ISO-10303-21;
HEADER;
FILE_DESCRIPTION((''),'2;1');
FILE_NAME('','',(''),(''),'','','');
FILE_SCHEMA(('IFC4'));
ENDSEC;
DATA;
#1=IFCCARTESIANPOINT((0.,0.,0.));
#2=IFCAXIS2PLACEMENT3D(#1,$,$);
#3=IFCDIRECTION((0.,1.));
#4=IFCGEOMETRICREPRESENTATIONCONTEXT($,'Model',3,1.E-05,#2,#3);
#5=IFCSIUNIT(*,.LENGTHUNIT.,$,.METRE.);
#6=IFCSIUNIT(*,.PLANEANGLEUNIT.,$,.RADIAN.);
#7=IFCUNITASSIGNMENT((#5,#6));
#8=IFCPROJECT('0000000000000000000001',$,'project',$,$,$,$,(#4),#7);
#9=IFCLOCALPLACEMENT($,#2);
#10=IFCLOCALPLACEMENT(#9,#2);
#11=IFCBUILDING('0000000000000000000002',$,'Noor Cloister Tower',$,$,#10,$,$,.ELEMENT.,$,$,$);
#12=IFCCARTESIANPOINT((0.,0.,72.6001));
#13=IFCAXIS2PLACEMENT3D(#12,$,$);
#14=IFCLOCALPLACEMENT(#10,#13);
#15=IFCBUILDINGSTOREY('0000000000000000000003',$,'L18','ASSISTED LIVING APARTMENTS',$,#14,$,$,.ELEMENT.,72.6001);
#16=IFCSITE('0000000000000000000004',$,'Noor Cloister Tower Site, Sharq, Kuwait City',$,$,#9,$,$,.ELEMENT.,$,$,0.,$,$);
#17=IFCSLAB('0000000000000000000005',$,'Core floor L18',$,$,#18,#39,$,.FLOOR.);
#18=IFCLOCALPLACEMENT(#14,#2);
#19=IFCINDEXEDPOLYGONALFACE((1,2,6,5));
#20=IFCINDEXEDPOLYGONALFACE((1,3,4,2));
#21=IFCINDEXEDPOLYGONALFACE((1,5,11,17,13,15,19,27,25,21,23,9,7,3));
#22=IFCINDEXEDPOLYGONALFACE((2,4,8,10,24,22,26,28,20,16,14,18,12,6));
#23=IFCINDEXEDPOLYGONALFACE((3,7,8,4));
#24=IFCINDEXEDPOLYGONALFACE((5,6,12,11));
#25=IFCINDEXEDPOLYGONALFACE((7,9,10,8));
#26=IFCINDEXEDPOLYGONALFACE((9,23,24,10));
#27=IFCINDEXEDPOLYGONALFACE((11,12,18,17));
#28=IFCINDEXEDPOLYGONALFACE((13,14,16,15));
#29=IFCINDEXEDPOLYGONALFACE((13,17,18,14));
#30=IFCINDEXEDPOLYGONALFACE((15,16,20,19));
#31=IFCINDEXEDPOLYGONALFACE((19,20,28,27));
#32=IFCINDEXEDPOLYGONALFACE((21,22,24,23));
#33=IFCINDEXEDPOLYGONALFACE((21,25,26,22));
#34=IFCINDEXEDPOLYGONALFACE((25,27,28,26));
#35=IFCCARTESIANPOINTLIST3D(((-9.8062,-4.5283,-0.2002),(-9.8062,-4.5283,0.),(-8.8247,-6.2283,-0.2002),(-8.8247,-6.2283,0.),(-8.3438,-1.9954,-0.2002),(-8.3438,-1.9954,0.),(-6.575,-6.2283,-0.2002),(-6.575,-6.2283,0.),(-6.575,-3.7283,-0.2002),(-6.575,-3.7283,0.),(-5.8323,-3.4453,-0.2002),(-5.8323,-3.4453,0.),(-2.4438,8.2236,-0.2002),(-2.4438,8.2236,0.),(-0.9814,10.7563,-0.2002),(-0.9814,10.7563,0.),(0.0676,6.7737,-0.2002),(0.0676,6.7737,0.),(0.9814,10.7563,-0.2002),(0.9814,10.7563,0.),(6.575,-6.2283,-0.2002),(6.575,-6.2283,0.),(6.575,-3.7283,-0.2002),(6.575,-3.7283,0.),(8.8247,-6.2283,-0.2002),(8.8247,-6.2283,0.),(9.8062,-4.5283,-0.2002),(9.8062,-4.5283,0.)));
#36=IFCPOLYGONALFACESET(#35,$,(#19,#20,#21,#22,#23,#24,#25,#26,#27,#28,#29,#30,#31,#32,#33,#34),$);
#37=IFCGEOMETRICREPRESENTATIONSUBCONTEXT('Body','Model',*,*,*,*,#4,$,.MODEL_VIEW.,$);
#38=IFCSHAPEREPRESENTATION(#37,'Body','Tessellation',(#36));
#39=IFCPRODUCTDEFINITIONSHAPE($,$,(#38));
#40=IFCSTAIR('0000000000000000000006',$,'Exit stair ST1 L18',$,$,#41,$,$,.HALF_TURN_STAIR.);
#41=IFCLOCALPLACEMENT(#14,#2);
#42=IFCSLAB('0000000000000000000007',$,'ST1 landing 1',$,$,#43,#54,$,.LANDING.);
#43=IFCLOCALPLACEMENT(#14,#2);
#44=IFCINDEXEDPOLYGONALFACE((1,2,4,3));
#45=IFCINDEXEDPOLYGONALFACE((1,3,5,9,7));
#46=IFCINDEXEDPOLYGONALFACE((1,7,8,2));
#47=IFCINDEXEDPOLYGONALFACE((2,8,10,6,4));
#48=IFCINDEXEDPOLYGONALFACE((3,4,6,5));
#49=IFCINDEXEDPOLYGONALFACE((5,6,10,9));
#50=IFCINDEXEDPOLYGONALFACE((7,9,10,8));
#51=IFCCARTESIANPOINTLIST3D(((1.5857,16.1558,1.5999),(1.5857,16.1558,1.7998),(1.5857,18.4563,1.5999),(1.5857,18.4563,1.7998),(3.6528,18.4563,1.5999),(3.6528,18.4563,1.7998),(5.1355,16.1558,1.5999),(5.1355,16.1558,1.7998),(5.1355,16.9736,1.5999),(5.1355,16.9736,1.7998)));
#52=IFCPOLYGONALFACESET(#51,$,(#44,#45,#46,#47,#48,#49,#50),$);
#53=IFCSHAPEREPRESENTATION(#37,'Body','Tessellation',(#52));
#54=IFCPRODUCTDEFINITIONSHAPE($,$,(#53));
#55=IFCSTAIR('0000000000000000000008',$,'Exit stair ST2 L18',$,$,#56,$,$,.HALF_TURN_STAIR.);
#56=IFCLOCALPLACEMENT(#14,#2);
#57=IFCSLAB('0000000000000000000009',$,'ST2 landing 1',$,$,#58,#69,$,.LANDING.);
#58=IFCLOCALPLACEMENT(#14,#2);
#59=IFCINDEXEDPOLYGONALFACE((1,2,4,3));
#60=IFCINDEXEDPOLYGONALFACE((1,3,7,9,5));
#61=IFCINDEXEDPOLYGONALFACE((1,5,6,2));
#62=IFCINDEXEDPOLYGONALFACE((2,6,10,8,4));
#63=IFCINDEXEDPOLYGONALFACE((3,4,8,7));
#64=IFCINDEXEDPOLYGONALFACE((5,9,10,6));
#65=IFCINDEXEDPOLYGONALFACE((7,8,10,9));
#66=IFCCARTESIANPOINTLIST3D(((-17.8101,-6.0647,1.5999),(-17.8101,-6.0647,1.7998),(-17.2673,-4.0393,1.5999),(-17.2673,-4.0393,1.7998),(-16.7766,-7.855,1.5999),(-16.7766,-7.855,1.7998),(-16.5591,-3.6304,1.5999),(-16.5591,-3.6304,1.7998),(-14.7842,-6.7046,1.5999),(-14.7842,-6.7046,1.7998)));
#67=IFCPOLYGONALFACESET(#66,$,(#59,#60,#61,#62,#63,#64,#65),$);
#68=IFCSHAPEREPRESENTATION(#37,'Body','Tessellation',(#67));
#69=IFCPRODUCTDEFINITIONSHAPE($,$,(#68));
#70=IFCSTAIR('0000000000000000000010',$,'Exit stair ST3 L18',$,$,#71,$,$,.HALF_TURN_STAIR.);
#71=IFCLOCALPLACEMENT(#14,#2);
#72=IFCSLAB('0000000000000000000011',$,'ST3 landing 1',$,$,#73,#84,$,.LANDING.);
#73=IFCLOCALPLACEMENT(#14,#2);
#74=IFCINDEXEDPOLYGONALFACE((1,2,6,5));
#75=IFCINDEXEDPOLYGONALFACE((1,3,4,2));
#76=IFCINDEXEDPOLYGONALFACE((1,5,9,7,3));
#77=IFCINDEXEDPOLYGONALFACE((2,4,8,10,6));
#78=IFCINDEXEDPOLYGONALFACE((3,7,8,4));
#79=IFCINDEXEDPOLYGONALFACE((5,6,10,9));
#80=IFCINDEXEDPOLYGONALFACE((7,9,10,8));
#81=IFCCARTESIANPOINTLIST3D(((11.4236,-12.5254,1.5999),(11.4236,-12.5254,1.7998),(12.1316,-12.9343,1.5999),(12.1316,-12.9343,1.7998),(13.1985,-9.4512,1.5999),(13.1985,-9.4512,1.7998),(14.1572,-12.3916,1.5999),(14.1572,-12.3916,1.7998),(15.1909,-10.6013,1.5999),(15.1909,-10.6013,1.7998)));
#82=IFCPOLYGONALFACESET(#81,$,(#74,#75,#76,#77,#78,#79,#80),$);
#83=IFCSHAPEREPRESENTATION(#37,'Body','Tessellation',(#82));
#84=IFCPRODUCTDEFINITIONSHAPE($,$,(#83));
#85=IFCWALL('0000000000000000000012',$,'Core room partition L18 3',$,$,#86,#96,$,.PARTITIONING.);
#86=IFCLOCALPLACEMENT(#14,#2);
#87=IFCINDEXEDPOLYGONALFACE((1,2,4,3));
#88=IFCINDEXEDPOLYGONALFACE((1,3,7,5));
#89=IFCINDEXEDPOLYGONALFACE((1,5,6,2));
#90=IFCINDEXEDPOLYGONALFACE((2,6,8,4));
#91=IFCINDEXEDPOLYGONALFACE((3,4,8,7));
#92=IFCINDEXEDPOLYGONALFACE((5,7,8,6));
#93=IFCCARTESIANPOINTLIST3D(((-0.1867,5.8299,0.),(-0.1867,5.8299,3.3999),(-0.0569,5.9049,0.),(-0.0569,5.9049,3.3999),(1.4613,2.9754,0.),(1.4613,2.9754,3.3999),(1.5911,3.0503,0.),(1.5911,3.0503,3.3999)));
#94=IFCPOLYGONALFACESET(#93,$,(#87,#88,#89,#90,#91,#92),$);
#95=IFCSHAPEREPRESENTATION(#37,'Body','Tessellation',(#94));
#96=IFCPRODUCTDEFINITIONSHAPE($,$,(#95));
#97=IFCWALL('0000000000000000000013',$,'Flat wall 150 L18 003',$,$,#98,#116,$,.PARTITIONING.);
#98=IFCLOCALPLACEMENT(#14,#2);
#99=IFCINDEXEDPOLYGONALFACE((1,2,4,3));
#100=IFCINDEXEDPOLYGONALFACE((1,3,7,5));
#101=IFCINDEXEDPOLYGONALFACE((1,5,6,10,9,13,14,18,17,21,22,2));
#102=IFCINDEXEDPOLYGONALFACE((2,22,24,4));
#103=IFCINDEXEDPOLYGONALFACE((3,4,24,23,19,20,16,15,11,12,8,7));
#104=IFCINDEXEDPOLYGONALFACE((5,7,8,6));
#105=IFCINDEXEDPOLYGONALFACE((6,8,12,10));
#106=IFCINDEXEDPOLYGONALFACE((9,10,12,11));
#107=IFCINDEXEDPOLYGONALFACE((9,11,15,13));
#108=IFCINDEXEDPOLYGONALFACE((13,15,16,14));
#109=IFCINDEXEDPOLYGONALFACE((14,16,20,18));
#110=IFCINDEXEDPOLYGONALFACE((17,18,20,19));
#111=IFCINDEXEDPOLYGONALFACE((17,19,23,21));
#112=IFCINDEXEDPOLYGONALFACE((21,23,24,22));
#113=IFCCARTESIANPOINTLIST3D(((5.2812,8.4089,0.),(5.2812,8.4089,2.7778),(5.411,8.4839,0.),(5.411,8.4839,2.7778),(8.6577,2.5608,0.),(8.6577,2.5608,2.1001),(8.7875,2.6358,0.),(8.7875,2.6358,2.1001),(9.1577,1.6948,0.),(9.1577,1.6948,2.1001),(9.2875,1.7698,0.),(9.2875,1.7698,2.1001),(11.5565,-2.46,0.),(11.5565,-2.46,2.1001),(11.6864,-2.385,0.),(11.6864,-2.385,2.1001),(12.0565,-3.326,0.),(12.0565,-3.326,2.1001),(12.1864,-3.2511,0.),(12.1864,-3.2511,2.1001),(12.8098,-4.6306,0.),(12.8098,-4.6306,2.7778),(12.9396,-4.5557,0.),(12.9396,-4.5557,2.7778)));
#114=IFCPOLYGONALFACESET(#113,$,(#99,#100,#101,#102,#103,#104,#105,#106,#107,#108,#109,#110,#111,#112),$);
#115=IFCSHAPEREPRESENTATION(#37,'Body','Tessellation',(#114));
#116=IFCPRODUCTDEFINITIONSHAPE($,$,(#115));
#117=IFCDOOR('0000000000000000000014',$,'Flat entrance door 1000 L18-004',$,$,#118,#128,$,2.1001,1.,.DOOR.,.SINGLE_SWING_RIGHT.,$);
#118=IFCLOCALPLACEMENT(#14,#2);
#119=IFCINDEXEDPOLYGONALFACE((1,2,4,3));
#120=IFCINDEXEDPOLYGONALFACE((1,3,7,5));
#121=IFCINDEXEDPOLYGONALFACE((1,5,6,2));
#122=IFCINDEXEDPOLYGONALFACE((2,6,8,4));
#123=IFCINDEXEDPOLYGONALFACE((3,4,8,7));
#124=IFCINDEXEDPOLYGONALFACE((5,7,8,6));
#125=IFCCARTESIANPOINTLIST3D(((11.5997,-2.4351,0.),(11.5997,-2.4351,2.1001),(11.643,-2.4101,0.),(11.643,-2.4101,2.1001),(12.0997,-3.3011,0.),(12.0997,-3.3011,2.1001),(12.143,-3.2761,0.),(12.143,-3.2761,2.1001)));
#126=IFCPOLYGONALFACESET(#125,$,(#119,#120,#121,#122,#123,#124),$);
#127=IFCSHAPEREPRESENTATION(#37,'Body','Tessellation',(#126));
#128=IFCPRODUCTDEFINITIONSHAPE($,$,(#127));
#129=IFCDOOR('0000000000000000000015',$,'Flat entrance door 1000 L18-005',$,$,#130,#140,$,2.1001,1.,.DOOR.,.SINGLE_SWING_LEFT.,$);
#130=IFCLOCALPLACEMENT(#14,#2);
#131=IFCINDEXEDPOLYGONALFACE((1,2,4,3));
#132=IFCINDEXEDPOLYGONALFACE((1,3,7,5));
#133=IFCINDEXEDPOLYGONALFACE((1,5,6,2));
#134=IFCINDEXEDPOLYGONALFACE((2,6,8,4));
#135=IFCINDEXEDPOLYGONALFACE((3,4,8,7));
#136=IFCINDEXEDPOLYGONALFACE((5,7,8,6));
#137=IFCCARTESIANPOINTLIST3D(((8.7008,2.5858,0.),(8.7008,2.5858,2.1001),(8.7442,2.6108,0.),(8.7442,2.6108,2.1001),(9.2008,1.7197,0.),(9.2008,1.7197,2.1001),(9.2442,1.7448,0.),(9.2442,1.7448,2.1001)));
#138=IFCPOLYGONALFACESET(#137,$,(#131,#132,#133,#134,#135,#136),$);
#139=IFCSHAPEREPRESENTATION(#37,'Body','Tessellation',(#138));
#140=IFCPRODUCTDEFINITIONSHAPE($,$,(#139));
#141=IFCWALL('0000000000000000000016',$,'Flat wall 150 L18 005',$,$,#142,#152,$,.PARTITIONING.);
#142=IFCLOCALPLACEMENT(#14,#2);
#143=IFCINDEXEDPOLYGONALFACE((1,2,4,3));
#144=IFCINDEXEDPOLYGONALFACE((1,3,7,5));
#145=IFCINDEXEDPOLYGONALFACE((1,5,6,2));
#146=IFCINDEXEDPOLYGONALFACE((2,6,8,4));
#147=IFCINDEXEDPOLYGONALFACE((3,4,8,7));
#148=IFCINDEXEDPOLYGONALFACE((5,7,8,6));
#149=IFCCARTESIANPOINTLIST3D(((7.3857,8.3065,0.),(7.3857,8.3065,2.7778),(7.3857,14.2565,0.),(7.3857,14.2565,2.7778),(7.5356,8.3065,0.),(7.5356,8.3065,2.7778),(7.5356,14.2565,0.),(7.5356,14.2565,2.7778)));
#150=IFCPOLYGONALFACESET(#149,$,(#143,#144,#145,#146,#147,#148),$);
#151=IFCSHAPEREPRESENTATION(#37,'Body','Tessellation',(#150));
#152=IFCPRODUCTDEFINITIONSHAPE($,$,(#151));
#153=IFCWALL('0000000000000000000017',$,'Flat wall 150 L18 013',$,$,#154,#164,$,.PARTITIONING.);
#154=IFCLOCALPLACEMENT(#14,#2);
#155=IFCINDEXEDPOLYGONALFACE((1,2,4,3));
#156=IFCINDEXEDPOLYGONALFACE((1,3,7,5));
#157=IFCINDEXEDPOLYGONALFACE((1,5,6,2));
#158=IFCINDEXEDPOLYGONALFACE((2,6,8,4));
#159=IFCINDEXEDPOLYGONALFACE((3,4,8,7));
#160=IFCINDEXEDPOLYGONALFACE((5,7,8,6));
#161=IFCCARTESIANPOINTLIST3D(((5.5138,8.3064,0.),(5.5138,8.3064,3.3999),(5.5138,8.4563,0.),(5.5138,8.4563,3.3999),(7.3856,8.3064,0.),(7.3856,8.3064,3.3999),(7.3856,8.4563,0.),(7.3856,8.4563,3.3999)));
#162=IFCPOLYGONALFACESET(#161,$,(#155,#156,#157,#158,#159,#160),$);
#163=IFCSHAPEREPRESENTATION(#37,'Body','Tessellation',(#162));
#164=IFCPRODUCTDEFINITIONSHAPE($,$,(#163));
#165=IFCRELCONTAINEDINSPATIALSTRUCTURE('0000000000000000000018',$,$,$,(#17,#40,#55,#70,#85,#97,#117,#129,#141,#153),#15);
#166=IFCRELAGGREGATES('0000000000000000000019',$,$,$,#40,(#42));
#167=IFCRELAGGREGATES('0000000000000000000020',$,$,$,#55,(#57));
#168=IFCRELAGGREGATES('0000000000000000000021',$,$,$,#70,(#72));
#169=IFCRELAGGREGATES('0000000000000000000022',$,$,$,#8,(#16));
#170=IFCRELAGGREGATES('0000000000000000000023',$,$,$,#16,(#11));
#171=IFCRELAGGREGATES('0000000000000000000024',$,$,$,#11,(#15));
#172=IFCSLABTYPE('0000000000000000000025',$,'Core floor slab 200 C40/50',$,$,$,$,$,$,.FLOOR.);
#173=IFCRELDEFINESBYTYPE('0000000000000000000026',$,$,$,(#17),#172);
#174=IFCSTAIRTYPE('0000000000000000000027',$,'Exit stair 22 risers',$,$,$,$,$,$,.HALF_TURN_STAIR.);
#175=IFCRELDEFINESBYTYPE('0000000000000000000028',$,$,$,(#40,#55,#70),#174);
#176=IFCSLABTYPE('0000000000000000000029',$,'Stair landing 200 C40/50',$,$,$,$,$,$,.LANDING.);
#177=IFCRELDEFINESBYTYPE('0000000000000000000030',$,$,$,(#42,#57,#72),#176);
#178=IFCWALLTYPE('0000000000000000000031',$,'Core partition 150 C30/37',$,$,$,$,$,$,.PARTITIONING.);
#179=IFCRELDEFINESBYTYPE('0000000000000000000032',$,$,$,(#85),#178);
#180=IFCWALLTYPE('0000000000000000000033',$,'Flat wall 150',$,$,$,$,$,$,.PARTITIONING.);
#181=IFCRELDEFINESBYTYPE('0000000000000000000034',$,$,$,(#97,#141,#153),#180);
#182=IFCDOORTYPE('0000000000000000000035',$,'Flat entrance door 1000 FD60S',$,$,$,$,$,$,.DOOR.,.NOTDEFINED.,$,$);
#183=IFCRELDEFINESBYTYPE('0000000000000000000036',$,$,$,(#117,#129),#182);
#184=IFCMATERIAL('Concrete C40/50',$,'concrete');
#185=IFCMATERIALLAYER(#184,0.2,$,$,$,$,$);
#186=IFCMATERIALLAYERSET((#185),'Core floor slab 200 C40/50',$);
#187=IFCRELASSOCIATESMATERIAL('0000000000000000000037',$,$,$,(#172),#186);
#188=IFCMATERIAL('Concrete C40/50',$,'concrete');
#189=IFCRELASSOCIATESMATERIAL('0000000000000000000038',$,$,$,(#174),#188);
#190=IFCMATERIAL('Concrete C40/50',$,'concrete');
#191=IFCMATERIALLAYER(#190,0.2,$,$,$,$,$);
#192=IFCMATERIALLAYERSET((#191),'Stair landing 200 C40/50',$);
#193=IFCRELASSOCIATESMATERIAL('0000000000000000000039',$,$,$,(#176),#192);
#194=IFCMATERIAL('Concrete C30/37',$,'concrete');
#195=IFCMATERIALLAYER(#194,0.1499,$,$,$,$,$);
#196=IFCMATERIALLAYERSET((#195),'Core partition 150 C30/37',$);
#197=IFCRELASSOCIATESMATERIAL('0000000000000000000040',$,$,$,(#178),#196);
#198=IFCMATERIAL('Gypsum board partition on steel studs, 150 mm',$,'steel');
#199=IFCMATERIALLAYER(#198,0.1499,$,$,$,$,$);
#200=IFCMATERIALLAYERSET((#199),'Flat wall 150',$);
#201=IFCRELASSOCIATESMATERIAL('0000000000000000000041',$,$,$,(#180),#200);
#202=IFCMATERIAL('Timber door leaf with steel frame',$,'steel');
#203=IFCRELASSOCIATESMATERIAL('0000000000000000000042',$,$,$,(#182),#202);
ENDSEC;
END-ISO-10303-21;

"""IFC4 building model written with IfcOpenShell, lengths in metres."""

from ifc_helpers import new_model, si_unit, direction, frame, frame_2d, origin, place, context, subcontext, project, spatial, polyline, rectangle, outline, extrude, material, layer, layer_set, type_object, element, fill, aggregate, save


model = new_model("IFC4")

# Units and contexts
model_context = context("Model", 3, precision=1e-05, world=origin(), true_north=direction((0.0, 1.0)))
body_context = subcontext(model_context, "Body", "Model", "MODEL_VIEW")
ifc_project = project(units=[si_unit("LENGTHUNIT", "METRE"), si_unit("PLANEANGLEUNIT", "RADIAN")], contexts=[model_context])

# Site, building, storey
site_placement = place(None, origin())
site = spatial("IfcSite", under=ifc_project, at=site_placement, Name="Noor Cloister Tower Site, Sharq, Kuwait City", CompositionType="ELEMENT", RefElevation=0.0)
building_placement = place(site_placement, origin())
building = spatial("IfcBuilding", under=site, at=building_placement, Name="Noor Cloister Tower", CompositionType="ELEMENT")
storey_placement = place(building_placement, frame((0.0, 0.0, 72.6001)))
storey = spatial("IfcBuildingStorey", under=building, at=storey_placement, Name="L18", Description="ASSISTED LIVING APARTMENTS", CompositionType="ELEMENT", Elevation=72.6001)

# Slab
ifc_material_1 = material(Name="Concrete C40/50", Category="concrete")
ifc_layer_1 = layer(ifc_material_1, 0.2)
ifc_layer_set_1 = layer_set([ifc_layer_1], Name="Core floor slab 200 C40/50")
slab_type_1 = type_object("IfcSlabType", Name="Core floor slab 200 C40/50", PredefinedType="FLOOR", material=ifc_layer_set_1)
slab_1_placement = place(storey_placement, frame((0.0, 0.0, -0.2002)))
element("IfcSlab", 1, at=slab_1_placement, inside=storey, type_object=slab_type_1, Name="Core floor L18", PredefinedType="FLOOR", context=body_context, shape_type="SweptSolid", body=[
    extrude(outline(polyline([(-6.575, -6.2283), (-6.575, -3.7283), (6.575, -3.7283), (6.575, -6.2283), (8.8247, -6.2283), (9.8062, -4.5283), (0.9814, 10.7563), (-0.9814, 10.7563), (-2.4438, 8.2236), (0.0676, 6.7737), (-5.8323, -3.4453), (-8.3438, -1.9954), (-9.8062, -4.5283), (-8.8247, -6.2283), (-6.575, -6.2283)])), origin(), (0.0, 0.0, 1.0), 0.2002),
])

# Stairs, slabs
ifc_material_2 = material(Name="Concrete C40/50", Category="concrete")
stair_type = type_object("IfcStairType", Name="Exit stair 22 risers", PredefinedType="HALF_TURN_STAIR", material=ifc_material_2)
stair_1_placement = place(storey_placement, origin())
stair_1 = element("IfcStair", 2, at=stair_1_placement, inside=storey, type_object=stair_type, Name="Exit stair ST1 L18", PredefinedType="HALF_TURN_STAIR")
ifc_material_3 = material(Name="Concrete C40/50", Category="concrete")
ifc_layer_2 = layer(ifc_material_3, 0.2)
ifc_layer_set_2 = layer_set([ifc_layer_2], Name="Stair landing 200 C40/50")
slab_type_2 = type_object("IfcSlabType", Name="Stair landing 200 C40/50", PredefinedType="LANDING", material=ifc_layer_set_2)
slab_2_placement = place(storey_placement, frame((0.0, 0.0, 1.5999)))
slab_2 = element("IfcSlab", 3, at=slab_2_placement, type_object=slab_type_2, Name="ST1 landing 1", PredefinedType="LANDING", context=body_context, shape_type="SweptSolid", body=[
    extrude(outline(polyline([(5.1355, 16.1558), (5.1355, 16.9736), (3.6528, 18.4563), (1.5857, 18.4563), (1.5857, 16.1558), (5.1355, 16.1558)])), origin(), (0.0, 0.0, 1.0), 0.2),
])
aggregate(stair_1, [slab_2])
stair_2_placement = place(storey_placement, origin())
stair_2 = element("IfcStair", 4, at=stair_2_placement, inside=storey, type_object=stair_type, Name="Exit stair ST2 L18", PredefinedType="HALF_TURN_STAIR")
slab_3_placement = place(storey_placement, frame((0.0, 0.0, 1.5999)))
slab_3 = element("IfcSlab", 5, at=slab_3_placement, type_object=slab_type_2, Name="ST2 landing 1", PredefinedType="LANDING", context=body_context, shape_type="SweptSolid", body=[
    extrude(outline(polyline([(-16.5591, -3.6304), (-17.2673, -4.0393), (-17.8101, -6.0647), (-16.7766, -7.855), (-14.7842, -6.7046), (-16.5591, -3.6304)])), origin(), (0.0, 0.0, 1.0), 0.2),
])
aggregate(stair_2, [slab_3])
stair_3_placement = place(storey_placement, origin())
stair_3 = element("IfcStair", 6, at=stair_3_placement, inside=storey, type_object=stair_type, Name="Exit stair ST3 L18", PredefinedType="HALF_TURN_STAIR")
slab_4_placement = place(storey_placement, frame((0.0, 0.0, 1.5999)))
slab_4 = element("IfcSlab", 7, at=slab_4_placement, type_object=slab_type_2, Name="ST3 landing 1", PredefinedType="LANDING", context=body_context, shape_type="SweptSolid", body=[
    extrude(outline(polyline([(11.4236, -12.5254), (12.1316, -12.9343), (14.1572, -12.3916), (15.1909, -10.6013), (13.1985, -9.4512), (11.4236, -12.5254)])), origin(), (0.0, 0.0, 1.0), 0.2),
])
aggregate(stair_3, [slab_4])

# Wall
ifc_material_4 = material(Name="Concrete C30/37", Category="concrete")
ifc_layer_3 = layer(ifc_material_4, 0.1499)
ifc_layer_set_3 = layer_set([ifc_layer_3], Name="Core partition 150 C30/37")
wall_type_1 = type_object("IfcWallType", Name="Core partition 150 C30/37", PredefinedType="PARTITIONING", material=ifc_layer_set_3)
wall_1_placement = place(storey_placement, frame((1.5261, 3.0129, 0.0), z_axis=(0.0, 0.0, 1.0), x_axis=(-0.499979, 0.866038, 0.0)))
element("IfcWall", 8, at=wall_1_placement, inside=storey, type_object=wall_type_1, Name="Core room partition L18 3", PredefinedType="PARTITIONING", context=body_context, shape_type="SweptSolid", body=[
    extrude(rectangle(XDim=3.2961, YDim=0.1499, at=frame_2d((1.6479, 0.0))), origin(), (0.0, 0.0, 1.0), 3.3999),
])

# Wall, openings, doors
ifc_material_5 = material(Name="Gypsum board partition on steel studs, 150 mm", Category="steel")
ifc_layer_4 = layer(ifc_material_5, 0.1499)
ifc_layer_set_4 = layer_set([ifc_layer_4], Name="Flat wall 150")
wall_type_2 = type_object("IfcWallType", Name="Flat wall 150", PredefinedType="PARTITIONING", material=ifc_layer_set_4)
wall_2_placement = place(storey_placement, frame((5.3462, 8.4463, 0.0), z_axis=(0.0, 0.0, 1.0), x_axis=(0.500009, -0.86602, 0.0)))
wall_2 = element("IfcWall", 9, at=wall_2_placement, inside=storey, type_object=wall_type_2, Name="Flat wall 150 L18 003", PredefinedType="PARTITIONING", context=body_context, shape_type="SweptSolid", body=[
    extrude(rectangle(XDim=15.0569, YDim=0.1499, at=frame_2d((7.5283, 0.0))), origin(), (0.0, 0.0, 1.0), 2.7778),
])
opening_1_placement = place(wall_2_placement, frame((12.5503, 0.0, 0.0)))
opening_1 = element("IfcOpeningElement", 10, at=opening_1_placement, cuts=wall_2, PredefinedType="OPENING", context=body_context, shape_type="SweptSolid", body=[
    extrude(rectangle(XDim=1.0, YDim=2.1001, at=frame_2d((0.5, 1.05))), frame((0.0, 0.085, 0.0), z_axis=(0.0, -1.0, 0.0), x_axis=(1.0, 0.0, 0.0)), (0.0, 0.0, 1.0), 0.1699),
])
opening_2_placement = place(wall_2_placement, frame((6.7527, 0.0, 0.0)))
opening_2 = element("IfcOpeningElement", 11, at=opening_2_placement, cuts=wall_2, PredefinedType="OPENING", context=body_context, shape_type="SweptSolid", body=[
    extrude(rectangle(XDim=1.0, YDim=2.1001, at=frame_2d((0.5, 1.05))), frame((0.0, 0.085, 0.0), z_axis=(0.0, -1.0, 0.0), x_axis=(1.0, 0.0, 0.0)), (0.0, 0.0, 1.0), 0.1699),
])
ifc_material_6 = material(Name="Timber door leaf with steel frame", Category="steel")
door_type_1 = type_object("IfcDoorType", Name="Flat entrance door 1000 FD60S", OperationType="NOTDEFINED", PredefinedType="DOOR", material=ifc_material_6)
door_1_placement = place(opening_1_placement, origin())
door_1 = element("IfcDoor", 12, at=door_1_placement, inside=storey, type_object=door_type_1, Name="Flat entrance door 1000 L18-004", OperationType="SINGLE_SWING_RIGHT", OverallHeight=2.1001, OverallWidth=1.0, PredefinedType="DOOR", context=body_context, shape_type="SweptSolid", body=[
    extrude(rectangle(XDim=1.0, YDim=2.1001, at=frame_2d((0.5, 1.05))), frame((0.0, 0.0249, 0.0), z_axis=(0.0, -1.0, 0.0), x_axis=(1.0, 0.0, 0.0)), (0.0, 0.0, 1.0), 0.05),
])
fill(opening_1, door_1)
door_2_placement = place(opening_2_placement, origin())
door_2 = element("IfcDoor", 13, at=door_2_placement, inside=storey, type_object=door_type_1, Name="Flat entrance door 1000 L18-005", OperationType="SINGLE_SWING_LEFT", OverallHeight=2.1001, OverallWidth=1.0, PredefinedType="DOOR", context=body_context, shape_type="SweptSolid", body=[
    extrude(rectangle(XDim=1.0, YDim=2.1001, at=frame_2d((0.5, 1.05))), frame((0.0, 0.0249, 0.0), z_axis=(0.0, -1.0, 0.0), x_axis=(1.0, 0.0, 0.0)), (0.0, 0.0, 1.0), 0.05),
])
fill(opening_2, door_2)

# Walls
wall_3_placement = place(storey_placement, frame((7.4607, 8.3064, 0.0), z_axis=(0.0, 0.0, 1.0), x_axis=(0.0, 1.0, 0.0)))
element("IfcWall", 14, at=wall_3_placement, inside=storey, type_object=wall_type_2, Name="Flat wall 150 L18 005", PredefinedType="PARTITIONING", context=body_context, shape_type="SweptSolid", body=[
    extrude(rectangle(XDim=5.95, YDim=0.1499, at=frame_2d((2.9751, 0.0))), origin(), (0.0, 0.0, 1.0), 2.7778),
])
wall_4_placement = place(storey_placement, frame((5.5137, 8.3813, 0.0), z_axis=(0.0, 0.0, 1.0), x_axis=(1.0, 0.0, 0.0)))
element("IfcWall", 15, at=wall_4_placement, inside=storey, type_object=wall_type_2, Name="Flat wall 150 L18 013", PredefinedType="PARTITIONING", context=body_context, shape_type="SweptSolid", body=[
    extrude(rectangle(XDim=1.8718, YDim=0.1499, at=frame_2d((0.936, 0.0))), origin(), (0.0, 0.0, 1.0), 3.3999),
])

save(model, "model.ifc")
